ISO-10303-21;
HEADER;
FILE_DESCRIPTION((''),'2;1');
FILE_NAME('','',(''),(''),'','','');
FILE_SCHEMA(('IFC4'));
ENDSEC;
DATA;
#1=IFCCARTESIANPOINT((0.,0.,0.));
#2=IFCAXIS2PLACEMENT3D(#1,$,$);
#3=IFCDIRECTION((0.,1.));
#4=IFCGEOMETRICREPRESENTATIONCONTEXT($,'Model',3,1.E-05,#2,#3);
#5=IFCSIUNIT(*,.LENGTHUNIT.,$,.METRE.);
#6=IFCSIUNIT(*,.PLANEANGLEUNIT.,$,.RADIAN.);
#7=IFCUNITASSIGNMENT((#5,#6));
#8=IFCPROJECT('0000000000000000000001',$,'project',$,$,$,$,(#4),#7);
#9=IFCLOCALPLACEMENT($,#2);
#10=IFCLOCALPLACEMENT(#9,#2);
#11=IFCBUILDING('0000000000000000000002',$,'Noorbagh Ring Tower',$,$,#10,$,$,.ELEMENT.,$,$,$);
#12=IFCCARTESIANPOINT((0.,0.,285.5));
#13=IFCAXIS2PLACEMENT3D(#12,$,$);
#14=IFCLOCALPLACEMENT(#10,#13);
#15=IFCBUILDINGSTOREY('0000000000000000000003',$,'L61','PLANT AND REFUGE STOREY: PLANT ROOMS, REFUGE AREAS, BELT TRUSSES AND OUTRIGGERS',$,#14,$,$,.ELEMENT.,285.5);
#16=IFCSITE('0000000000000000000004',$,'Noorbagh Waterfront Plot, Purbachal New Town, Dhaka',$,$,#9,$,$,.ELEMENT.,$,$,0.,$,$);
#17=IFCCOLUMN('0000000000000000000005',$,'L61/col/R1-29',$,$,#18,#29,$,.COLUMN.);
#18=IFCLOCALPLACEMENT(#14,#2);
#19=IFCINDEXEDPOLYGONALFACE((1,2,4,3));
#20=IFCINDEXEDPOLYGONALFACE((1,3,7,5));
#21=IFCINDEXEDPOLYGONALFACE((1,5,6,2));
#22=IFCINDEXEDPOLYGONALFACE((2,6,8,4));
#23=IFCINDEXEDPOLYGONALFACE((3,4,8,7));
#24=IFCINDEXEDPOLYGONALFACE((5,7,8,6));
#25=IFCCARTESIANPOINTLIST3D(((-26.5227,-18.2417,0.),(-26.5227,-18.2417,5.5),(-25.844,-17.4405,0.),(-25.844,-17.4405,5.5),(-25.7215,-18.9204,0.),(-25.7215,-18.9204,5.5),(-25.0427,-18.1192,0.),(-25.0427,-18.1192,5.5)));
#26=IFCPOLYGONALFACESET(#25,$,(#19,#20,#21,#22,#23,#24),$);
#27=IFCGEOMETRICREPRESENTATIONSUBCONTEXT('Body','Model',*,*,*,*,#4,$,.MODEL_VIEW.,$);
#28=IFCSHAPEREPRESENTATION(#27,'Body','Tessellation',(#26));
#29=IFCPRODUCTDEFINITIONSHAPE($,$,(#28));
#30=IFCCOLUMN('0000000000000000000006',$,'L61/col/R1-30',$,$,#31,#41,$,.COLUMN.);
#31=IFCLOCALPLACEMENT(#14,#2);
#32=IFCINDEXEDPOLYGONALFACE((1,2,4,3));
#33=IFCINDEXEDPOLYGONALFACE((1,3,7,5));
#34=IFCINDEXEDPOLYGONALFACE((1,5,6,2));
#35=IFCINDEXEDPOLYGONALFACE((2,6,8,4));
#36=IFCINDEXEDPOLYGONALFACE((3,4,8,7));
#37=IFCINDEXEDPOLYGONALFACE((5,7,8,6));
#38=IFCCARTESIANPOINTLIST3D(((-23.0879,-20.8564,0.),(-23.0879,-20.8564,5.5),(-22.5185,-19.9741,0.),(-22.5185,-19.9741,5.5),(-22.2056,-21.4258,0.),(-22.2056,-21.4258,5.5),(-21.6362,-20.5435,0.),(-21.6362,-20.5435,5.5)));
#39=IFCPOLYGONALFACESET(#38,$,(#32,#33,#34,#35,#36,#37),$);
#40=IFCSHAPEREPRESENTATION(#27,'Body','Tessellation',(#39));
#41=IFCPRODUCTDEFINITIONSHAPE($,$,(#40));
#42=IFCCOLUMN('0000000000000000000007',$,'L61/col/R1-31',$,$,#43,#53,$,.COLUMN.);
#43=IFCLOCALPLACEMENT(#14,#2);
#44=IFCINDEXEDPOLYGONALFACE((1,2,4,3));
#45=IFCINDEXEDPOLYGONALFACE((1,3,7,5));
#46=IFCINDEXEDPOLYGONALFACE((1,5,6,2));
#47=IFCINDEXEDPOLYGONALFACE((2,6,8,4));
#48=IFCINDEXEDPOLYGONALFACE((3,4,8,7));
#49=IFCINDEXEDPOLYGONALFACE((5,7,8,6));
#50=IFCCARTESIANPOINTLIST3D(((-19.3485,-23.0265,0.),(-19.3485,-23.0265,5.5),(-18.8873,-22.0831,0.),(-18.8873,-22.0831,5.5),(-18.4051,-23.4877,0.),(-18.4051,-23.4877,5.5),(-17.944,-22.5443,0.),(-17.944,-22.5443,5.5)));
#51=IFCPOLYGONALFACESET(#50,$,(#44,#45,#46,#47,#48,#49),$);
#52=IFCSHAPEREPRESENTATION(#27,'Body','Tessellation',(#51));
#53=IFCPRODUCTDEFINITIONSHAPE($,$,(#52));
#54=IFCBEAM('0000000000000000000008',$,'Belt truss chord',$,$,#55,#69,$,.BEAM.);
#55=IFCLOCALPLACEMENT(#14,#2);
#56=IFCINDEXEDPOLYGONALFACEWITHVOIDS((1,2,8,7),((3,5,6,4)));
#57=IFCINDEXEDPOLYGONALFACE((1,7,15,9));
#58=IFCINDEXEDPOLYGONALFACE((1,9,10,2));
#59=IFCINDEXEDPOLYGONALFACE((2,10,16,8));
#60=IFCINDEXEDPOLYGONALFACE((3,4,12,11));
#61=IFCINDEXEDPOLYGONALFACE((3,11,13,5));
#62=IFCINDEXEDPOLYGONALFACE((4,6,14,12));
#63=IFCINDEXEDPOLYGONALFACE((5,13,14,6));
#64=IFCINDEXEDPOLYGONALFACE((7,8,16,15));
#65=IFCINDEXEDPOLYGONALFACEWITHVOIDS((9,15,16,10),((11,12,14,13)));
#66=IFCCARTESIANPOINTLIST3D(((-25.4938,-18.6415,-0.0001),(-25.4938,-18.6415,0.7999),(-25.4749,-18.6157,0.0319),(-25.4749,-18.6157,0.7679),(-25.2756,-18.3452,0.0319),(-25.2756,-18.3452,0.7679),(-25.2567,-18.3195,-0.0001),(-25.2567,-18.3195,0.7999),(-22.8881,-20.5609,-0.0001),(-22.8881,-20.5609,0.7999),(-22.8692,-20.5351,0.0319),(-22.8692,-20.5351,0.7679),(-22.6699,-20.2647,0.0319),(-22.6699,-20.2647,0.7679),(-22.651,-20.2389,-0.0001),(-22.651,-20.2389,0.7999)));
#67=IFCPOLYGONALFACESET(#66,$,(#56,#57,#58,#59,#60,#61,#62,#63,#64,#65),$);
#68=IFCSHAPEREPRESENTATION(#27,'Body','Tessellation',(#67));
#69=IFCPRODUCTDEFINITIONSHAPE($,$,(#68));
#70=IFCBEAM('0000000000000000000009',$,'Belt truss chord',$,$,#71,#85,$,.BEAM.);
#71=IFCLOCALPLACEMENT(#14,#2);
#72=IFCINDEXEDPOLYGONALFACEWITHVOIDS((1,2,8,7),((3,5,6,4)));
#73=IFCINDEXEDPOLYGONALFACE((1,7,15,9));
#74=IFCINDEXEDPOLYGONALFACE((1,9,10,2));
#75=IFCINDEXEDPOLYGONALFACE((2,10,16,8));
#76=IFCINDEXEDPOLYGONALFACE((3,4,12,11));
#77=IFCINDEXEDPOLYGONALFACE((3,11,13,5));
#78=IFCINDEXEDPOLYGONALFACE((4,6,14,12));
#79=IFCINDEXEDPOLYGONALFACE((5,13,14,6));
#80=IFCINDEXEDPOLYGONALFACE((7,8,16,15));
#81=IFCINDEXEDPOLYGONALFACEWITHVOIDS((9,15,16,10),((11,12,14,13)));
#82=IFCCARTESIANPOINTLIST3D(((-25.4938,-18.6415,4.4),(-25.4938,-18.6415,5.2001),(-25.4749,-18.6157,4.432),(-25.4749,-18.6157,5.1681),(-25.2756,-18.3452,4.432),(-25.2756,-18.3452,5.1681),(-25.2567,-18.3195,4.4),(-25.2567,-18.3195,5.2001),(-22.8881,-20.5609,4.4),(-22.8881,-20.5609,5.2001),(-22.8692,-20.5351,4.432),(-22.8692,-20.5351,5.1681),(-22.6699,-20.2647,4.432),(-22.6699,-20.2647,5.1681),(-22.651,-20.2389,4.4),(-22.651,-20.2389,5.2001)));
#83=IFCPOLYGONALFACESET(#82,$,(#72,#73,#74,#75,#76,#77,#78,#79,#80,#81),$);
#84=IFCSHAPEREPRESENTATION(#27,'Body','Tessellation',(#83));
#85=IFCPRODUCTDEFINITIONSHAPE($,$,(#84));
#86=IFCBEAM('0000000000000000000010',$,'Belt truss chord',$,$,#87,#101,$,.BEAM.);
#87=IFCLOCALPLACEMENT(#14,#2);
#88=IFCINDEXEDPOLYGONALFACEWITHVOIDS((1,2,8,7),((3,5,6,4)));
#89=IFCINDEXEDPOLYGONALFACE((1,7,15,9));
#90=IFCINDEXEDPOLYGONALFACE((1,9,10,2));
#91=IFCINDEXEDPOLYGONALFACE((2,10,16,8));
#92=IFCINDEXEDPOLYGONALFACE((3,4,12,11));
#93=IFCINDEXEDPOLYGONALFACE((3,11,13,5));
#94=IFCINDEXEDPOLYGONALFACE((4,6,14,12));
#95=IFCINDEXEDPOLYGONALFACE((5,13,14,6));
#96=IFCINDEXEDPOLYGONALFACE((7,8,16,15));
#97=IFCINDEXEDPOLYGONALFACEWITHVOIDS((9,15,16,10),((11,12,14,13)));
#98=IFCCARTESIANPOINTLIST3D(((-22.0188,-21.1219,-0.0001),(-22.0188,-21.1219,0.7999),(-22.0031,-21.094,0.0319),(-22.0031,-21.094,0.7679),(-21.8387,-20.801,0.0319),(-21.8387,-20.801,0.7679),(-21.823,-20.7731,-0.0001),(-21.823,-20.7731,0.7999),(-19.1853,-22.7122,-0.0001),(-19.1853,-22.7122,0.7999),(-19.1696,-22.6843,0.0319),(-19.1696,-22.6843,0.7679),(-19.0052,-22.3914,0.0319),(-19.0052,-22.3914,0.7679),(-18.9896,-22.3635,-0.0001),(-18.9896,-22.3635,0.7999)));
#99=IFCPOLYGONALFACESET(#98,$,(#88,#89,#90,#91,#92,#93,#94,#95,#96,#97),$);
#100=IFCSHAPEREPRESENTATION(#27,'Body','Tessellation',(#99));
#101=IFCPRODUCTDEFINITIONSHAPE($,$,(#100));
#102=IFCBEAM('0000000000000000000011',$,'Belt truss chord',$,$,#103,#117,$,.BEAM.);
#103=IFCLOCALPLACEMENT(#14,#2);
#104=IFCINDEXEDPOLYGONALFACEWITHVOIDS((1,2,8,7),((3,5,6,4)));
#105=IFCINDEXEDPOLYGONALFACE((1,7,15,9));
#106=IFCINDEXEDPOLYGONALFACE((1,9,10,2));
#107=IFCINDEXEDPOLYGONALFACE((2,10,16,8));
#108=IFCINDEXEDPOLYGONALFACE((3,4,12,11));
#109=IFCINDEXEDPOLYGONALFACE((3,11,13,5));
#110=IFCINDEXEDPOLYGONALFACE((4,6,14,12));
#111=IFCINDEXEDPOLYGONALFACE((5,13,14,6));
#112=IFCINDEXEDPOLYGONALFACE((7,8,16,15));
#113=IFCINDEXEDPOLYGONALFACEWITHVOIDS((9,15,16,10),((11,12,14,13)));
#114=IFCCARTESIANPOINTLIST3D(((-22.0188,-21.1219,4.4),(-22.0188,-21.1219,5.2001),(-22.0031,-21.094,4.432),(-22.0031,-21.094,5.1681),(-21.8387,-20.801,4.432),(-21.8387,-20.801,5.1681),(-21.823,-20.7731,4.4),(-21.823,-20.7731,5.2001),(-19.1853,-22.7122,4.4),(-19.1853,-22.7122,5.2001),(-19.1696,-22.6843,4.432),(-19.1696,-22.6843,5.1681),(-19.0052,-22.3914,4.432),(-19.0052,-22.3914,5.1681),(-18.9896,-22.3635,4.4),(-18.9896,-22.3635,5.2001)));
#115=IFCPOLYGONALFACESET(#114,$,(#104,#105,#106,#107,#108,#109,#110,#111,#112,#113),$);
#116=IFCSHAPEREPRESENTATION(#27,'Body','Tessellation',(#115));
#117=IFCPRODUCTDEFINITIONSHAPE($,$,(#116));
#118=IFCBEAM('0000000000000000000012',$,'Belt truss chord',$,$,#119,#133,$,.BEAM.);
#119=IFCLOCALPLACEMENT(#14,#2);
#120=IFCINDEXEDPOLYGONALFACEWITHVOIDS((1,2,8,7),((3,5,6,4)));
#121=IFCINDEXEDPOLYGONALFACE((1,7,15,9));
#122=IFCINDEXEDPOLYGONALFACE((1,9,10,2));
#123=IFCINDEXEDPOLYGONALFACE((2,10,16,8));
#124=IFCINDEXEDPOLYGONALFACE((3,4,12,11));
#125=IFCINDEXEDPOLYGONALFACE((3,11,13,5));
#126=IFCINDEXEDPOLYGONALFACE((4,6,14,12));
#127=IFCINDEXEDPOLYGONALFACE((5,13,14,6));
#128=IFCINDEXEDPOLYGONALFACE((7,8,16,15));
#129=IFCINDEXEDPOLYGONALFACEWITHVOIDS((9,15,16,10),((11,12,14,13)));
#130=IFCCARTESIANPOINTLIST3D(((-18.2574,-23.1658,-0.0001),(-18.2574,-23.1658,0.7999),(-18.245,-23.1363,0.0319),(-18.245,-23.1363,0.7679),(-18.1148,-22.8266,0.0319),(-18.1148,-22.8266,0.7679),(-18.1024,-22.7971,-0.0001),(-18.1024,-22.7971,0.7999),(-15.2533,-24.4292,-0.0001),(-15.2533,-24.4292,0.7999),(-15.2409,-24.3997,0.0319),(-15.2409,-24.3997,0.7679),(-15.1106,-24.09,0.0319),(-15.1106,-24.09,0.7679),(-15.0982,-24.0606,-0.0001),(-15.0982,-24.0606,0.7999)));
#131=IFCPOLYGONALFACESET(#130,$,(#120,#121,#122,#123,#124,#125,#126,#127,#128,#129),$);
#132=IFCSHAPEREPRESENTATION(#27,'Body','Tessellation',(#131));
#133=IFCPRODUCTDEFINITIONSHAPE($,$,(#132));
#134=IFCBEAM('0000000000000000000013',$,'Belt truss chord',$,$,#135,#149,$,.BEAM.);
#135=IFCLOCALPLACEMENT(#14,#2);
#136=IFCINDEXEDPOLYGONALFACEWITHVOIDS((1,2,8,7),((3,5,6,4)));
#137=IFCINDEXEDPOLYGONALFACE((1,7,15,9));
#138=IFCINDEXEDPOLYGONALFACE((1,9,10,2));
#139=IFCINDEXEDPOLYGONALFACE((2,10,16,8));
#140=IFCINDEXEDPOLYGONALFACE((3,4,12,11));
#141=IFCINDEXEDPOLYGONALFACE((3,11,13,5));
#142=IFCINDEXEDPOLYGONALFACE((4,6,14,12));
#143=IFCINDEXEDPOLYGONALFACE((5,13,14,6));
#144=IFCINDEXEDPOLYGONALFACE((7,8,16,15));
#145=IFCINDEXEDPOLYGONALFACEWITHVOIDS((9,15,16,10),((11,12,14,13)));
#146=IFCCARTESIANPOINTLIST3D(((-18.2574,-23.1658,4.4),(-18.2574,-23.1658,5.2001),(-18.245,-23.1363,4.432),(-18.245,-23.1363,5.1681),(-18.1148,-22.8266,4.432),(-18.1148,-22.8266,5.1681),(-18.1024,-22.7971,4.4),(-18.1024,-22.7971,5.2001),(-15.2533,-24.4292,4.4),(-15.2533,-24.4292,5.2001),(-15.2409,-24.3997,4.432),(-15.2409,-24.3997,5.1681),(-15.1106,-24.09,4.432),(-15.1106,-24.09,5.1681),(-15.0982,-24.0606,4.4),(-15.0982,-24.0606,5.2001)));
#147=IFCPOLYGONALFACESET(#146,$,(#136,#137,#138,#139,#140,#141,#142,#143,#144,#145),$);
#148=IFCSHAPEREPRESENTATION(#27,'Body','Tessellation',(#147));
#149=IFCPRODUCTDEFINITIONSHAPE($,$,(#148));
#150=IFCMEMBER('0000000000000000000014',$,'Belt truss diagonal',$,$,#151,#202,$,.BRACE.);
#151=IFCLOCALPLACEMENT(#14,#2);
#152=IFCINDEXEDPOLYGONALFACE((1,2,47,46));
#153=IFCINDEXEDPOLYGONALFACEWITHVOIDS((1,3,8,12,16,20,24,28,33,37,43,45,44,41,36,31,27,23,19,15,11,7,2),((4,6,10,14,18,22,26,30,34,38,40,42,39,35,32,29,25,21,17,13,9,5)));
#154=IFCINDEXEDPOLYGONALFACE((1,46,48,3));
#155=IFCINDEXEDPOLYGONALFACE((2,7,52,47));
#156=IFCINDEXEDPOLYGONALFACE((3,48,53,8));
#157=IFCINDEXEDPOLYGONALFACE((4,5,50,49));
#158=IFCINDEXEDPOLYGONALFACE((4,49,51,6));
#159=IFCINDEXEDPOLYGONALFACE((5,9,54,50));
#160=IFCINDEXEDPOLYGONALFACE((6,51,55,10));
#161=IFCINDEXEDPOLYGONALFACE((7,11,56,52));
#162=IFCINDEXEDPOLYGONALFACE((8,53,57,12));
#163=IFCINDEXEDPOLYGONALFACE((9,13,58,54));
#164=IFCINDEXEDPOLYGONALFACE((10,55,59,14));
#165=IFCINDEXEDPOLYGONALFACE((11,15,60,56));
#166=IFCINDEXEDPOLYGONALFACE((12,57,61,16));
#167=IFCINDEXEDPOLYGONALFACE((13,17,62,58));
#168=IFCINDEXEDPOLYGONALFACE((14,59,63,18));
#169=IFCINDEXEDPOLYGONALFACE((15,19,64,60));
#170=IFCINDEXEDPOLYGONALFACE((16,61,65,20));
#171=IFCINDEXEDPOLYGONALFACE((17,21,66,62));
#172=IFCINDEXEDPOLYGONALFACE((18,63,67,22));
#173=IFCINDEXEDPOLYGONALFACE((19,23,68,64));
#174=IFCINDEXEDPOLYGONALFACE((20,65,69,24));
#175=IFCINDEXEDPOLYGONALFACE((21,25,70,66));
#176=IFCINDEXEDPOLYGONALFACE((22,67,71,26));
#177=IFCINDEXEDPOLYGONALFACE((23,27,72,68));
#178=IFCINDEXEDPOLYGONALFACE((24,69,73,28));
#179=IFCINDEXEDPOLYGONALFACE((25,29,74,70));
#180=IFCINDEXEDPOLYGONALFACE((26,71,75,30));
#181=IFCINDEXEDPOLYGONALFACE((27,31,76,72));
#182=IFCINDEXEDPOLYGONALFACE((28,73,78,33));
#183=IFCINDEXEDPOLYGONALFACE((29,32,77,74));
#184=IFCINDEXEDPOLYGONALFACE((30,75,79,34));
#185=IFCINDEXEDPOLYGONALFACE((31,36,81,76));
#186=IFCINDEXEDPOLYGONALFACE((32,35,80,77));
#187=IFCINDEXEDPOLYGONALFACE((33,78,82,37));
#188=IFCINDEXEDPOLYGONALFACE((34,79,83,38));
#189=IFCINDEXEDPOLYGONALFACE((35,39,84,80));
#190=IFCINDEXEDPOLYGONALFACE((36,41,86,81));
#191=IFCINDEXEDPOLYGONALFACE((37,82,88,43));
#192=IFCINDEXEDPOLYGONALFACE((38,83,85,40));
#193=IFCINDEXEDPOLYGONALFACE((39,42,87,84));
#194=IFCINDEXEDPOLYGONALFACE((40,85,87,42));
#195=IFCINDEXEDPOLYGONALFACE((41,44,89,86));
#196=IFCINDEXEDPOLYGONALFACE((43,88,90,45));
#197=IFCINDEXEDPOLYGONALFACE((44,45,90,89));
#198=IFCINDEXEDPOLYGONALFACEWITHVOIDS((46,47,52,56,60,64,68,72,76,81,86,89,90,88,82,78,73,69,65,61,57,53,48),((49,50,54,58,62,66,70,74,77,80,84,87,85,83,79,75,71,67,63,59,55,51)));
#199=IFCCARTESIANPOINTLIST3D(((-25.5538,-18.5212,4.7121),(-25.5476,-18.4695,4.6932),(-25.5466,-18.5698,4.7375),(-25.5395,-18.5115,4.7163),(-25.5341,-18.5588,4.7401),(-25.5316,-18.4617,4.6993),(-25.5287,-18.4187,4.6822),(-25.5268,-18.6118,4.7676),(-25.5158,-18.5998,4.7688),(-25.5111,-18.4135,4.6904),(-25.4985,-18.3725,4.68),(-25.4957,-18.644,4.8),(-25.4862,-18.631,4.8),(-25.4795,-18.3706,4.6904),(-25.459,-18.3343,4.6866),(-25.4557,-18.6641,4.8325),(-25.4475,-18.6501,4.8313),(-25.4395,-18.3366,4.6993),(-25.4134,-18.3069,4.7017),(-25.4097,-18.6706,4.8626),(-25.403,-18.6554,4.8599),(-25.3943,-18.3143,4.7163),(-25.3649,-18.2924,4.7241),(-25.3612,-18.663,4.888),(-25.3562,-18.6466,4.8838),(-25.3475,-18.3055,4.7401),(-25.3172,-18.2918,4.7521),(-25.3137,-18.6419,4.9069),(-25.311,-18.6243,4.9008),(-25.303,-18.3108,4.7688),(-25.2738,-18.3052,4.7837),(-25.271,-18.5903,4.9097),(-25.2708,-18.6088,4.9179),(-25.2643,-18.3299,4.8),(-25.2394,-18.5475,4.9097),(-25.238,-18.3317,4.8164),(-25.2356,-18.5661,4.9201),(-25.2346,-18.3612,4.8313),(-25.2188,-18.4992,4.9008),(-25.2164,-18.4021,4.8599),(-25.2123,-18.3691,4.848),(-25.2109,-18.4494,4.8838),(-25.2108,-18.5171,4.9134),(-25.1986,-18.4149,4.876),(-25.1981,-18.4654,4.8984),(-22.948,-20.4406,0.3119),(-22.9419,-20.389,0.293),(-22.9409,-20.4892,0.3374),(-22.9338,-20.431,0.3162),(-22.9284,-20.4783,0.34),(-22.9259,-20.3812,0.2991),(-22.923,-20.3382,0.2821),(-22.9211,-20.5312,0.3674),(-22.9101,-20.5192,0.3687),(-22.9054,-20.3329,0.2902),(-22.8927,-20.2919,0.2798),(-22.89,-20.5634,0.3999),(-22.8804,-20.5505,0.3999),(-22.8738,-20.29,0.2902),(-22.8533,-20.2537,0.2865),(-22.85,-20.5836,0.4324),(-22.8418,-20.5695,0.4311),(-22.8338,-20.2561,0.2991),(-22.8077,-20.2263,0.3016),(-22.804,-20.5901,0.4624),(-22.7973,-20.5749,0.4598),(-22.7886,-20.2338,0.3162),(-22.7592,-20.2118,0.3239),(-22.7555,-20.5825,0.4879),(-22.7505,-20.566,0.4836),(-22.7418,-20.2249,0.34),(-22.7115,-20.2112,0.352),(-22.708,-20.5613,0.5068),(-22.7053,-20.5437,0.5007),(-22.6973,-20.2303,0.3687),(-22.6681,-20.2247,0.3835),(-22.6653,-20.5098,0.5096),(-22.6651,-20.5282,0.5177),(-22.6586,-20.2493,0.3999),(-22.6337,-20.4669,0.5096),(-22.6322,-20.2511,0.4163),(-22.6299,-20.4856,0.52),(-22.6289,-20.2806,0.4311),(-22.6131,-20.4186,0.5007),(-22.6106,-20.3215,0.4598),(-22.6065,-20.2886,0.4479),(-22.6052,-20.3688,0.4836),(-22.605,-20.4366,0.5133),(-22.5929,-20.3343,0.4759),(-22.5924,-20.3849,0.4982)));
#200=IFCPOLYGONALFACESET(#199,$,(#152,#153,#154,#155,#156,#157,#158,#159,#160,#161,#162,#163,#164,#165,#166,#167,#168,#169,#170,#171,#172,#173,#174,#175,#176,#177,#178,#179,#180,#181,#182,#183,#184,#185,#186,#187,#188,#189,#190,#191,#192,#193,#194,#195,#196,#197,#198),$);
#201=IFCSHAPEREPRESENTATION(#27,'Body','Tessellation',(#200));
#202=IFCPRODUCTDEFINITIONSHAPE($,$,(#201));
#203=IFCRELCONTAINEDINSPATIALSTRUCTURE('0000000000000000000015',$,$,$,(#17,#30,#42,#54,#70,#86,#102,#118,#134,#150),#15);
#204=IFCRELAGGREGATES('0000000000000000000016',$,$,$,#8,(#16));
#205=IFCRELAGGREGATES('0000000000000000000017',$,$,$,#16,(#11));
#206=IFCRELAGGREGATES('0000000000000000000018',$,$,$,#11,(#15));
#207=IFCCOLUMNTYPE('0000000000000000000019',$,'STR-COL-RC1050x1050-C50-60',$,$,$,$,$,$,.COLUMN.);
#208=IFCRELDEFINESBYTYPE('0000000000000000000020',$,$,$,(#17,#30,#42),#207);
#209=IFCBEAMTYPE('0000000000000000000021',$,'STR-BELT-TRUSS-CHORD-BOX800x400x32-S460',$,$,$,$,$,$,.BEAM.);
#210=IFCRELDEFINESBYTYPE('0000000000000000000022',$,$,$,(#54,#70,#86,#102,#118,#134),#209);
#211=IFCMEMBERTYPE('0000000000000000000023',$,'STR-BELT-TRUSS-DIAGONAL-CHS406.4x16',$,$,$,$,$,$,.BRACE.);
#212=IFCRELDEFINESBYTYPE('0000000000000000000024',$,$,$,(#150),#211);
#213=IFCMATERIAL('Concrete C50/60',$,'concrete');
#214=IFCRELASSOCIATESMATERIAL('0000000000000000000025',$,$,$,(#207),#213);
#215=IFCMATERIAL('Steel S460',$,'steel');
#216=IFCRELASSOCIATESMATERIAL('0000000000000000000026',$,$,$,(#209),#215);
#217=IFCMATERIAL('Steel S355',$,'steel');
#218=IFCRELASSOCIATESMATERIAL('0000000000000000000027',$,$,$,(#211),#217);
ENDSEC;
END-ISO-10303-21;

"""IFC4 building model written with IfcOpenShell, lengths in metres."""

from ifc_helpers import new_model, si_unit, direction, frame, origin, origin_2d, place, context, subcontext, project, spatial, rectangle, hollow_rectangle, hollow_circle, extrude, material, material_profile, profile_set, type_object, element, save


model = new_model("IFC4")

# Units and contexts
model_context = context("Model", 3, precision=1e-05, world=origin(), true_north=direction((0.0, 1.0)))
body_context = subcontext(model_context, "Body", "Model", "MODEL_VIEW")
ifc_project = project(units=[si_unit("LENGTHUNIT", "METRE"), si_unit("PLANEANGLEUNIT", "RADIAN")], contexts=[model_context])

# Site, building, storey
site_placement = place(None, origin())
site = spatial("IfcSite", under=ifc_project, at=site_placement, Name="Noorbagh Waterfront Plot, Purbachal New Town, Dhaka", CompositionType="ELEMENT", RefElevation=0.0)
building_placement = place(site_placement, origin())
building = spatial("IfcBuilding", under=site, at=building_placement, Name="Noorbagh Ring Tower", CompositionType="ELEMENT")
storey_placement = place(building_placement, frame((0.0, 0.0, 285.5)))
storey = spatial("IfcBuildingStorey", under=building, at=storey_placement, Name="L61", Description="PLANT AND REFUGE STOREY: PLANT ROOMS, REFUGE AREAS, BELT TRUSSES AND OUTRIGGERS", CompositionType="ELEMENT", Elevation=285.5)

# Columns
ifc_material_1 = material(Name="Concrete C50/60", Category="concrete")
ifc_material_profile_1 = material_profile(ifc_material_1, rectangle(XDim=1.05, YDim=1.05, at=origin_2d()), Name="RC1050x1050")
ifc_profile_set_1 = profile_set([ifc_material_profile_1], Name="Concrete C50/60")
column_type = type_object("IfcColumnType", Name="STR-COL-RC1050x1050-C50-60", PredefinedType="COLUMN", material=ifc_profile_set_1)
for number, where, z_axis, x_axis, name in (
    (1, (-25.7827, -18.1804, 0.0), (0.0, 0.0, 1.0), (0.763035, -0.646357, 0.0), "L61/col/R1-29"),
    (2, (-22.3621, -20.7, 0.0), (0.0, 0.0, 1.0), (0.840248, -0.542203, 0.0), "L61/col/R1-30"),
    (3, (-18.6462, -22.7854, 0.0), (0.0, 0.0, 1.0), (0.898399, -0.43918, 0.0), "L61/col/R1-31"),
):
    element("IfcColumn", number, at=place(storey_placement, frame(where, z_axis=z_axis, x_axis=x_axis)), inside=storey, type_object=column_type, Name=name, PredefinedType="COLUMN", context=body_context, shape_type="SweptSolid", body=[
        extrude(rectangle(XDim=1.05, YDim=1.05, at=origin_2d()), origin(), (0.0, 0.0, 1.0), 5.5),
    ])

# Beams
ifc_material_2 = material(Name="Steel S460", Category="steel")
ifc_material_profile_2 = material_profile(ifc_material_2, hollow_rectangle(XDim=0.3999, YDim=0.8, WallThickness=0.032, at=origin_2d()), Name="BOX800x400x32")
ifc_profile_set_2 = profile_set([ifc_material_profile_2], Name="Steel S460")
beam_type_1 = type_object("IfcBeamType", Name="STR-BELT-TRUSS-CHORD-BOX800x400x32-S460", PredefinedType="BEAM", material=ifc_profile_set_2)
for number, where, z_axis, x_axis, name in (
    (4, (-25.3752, -18.4805, 0.3999), (0.805139, -0.593086, 0.0), (0.593086, 0.805139, 0.0), "Belt truss chord"),
    (5, (-25.3752, -18.4805, 4.8), (0.805139, -0.593086, 0.0), (0.593086, 0.805139, 0.0), "Belt truss chord"),
):
    element("IfcBeam", number, at=place(storey_placement, frame(where, z_axis=z_axis, x_axis=x_axis)), inside=storey, type_object=beam_type_1, Name=name, PredefinedType="BEAM", context=body_context, shape_type="SweptSolid", body=[
        extrude(hollow_rectangle(XDim=0.3999, YDim=0.8, WallThickness=0.032, at=origin_2d()), origin(), (0.0, 0.0, 1.0), 3.2363),
    ])
for number, where, z_axis, x_axis, name in (
    (6, (-21.9209, -20.9475, 0.3999), (0.872037, -0.489441, 0.0), (0.489441, 0.872037, 0.0), "Belt truss chord"),
    (7, (-21.9209, -20.9475, 4.8), (0.872037, -0.489441, 0.0), (0.489441, 0.872037, 0.0), "Belt truss chord"),
):
    element("IfcBeam", number, at=place(storey_placement, frame(where, z_axis=z_axis, x_axis=x_axis)), inside=storey, type_object=beam_type_1, Name=name, PredefinedType="BEAM", context=body_context, shape_type="SweptSolid", body=[
        extrude(hollow_rectangle(XDim=0.3999, YDim=0.8, WallThickness=0.032, at=origin_2d()), origin(), (0.0, 0.0, 1.0), 3.2493),
    ])
for number, where, z_axis, x_axis, name in (
    (8, (-18.1799, -22.9814, 0.3999), (0.921797, -0.387672, 0.0), (0.387672, 0.921797, 0.0), "Belt truss chord"),
    (9, (-18.1799, -22.9814, 4.8), (0.921797, -0.387672, 0.0), (0.387672, 0.921797, 0.0), "Belt truss chord"),
):
    element("IfcBeam", number, at=place(storey_placement, frame(where, z_axis=z_axis, x_axis=x_axis)), inside=storey, type_object=beam_type_1, Name=name, PredefinedType="BEAM", context=body_context, shape_type="SweptSolid", body=[
        extrude(hollow_rectangle(XDim=0.3999, YDim=0.8, WallThickness=0.032, at=origin_2d()), origin(), (0.0, 0.0, 1.0), 3.259),
    ])

# Member
ifc_material_3 = material(Name="Steel S355", Category="steel")
ifc_material_profile_3 = material_profile(ifc_material_3, hollow_circle(Radius=0.2031, WallThickness=0.0161, at=origin_2d()), Name="CHS406.4x16")
ifc_profile_set_3 = profile_set([ifc_material_profile_3], Name="Steel S355")
member_type = type_object("IfcMemberType", Name="STR-BELT-TRUSS-DIAGONAL-CHS406.4x16", PredefinedType="BRACE", material=ifc_profile_set_3)
member_1_placement = place(storey_placement, frame((-22.7695, -20.3999, 0.3999), z_axis=(-0.477048, 0.351405, 0.805568), x_axis=(-0.593086, -0.805139, 0.0)))
element("IfcMember", 10, at=member_1_placement, inside=storey, type_object=member_type, Name="Belt truss diagonal", PredefinedType="BRACE", context=body_context, shape_type="SweptSolid", body=[
    extrude(hollow_circle(Radius=0.2031, WallThickness=0.0161, at=origin_2d()), origin(), (0.0, 0.0, 1.0), 5.4622),
])

save(model, "model.ifc")
